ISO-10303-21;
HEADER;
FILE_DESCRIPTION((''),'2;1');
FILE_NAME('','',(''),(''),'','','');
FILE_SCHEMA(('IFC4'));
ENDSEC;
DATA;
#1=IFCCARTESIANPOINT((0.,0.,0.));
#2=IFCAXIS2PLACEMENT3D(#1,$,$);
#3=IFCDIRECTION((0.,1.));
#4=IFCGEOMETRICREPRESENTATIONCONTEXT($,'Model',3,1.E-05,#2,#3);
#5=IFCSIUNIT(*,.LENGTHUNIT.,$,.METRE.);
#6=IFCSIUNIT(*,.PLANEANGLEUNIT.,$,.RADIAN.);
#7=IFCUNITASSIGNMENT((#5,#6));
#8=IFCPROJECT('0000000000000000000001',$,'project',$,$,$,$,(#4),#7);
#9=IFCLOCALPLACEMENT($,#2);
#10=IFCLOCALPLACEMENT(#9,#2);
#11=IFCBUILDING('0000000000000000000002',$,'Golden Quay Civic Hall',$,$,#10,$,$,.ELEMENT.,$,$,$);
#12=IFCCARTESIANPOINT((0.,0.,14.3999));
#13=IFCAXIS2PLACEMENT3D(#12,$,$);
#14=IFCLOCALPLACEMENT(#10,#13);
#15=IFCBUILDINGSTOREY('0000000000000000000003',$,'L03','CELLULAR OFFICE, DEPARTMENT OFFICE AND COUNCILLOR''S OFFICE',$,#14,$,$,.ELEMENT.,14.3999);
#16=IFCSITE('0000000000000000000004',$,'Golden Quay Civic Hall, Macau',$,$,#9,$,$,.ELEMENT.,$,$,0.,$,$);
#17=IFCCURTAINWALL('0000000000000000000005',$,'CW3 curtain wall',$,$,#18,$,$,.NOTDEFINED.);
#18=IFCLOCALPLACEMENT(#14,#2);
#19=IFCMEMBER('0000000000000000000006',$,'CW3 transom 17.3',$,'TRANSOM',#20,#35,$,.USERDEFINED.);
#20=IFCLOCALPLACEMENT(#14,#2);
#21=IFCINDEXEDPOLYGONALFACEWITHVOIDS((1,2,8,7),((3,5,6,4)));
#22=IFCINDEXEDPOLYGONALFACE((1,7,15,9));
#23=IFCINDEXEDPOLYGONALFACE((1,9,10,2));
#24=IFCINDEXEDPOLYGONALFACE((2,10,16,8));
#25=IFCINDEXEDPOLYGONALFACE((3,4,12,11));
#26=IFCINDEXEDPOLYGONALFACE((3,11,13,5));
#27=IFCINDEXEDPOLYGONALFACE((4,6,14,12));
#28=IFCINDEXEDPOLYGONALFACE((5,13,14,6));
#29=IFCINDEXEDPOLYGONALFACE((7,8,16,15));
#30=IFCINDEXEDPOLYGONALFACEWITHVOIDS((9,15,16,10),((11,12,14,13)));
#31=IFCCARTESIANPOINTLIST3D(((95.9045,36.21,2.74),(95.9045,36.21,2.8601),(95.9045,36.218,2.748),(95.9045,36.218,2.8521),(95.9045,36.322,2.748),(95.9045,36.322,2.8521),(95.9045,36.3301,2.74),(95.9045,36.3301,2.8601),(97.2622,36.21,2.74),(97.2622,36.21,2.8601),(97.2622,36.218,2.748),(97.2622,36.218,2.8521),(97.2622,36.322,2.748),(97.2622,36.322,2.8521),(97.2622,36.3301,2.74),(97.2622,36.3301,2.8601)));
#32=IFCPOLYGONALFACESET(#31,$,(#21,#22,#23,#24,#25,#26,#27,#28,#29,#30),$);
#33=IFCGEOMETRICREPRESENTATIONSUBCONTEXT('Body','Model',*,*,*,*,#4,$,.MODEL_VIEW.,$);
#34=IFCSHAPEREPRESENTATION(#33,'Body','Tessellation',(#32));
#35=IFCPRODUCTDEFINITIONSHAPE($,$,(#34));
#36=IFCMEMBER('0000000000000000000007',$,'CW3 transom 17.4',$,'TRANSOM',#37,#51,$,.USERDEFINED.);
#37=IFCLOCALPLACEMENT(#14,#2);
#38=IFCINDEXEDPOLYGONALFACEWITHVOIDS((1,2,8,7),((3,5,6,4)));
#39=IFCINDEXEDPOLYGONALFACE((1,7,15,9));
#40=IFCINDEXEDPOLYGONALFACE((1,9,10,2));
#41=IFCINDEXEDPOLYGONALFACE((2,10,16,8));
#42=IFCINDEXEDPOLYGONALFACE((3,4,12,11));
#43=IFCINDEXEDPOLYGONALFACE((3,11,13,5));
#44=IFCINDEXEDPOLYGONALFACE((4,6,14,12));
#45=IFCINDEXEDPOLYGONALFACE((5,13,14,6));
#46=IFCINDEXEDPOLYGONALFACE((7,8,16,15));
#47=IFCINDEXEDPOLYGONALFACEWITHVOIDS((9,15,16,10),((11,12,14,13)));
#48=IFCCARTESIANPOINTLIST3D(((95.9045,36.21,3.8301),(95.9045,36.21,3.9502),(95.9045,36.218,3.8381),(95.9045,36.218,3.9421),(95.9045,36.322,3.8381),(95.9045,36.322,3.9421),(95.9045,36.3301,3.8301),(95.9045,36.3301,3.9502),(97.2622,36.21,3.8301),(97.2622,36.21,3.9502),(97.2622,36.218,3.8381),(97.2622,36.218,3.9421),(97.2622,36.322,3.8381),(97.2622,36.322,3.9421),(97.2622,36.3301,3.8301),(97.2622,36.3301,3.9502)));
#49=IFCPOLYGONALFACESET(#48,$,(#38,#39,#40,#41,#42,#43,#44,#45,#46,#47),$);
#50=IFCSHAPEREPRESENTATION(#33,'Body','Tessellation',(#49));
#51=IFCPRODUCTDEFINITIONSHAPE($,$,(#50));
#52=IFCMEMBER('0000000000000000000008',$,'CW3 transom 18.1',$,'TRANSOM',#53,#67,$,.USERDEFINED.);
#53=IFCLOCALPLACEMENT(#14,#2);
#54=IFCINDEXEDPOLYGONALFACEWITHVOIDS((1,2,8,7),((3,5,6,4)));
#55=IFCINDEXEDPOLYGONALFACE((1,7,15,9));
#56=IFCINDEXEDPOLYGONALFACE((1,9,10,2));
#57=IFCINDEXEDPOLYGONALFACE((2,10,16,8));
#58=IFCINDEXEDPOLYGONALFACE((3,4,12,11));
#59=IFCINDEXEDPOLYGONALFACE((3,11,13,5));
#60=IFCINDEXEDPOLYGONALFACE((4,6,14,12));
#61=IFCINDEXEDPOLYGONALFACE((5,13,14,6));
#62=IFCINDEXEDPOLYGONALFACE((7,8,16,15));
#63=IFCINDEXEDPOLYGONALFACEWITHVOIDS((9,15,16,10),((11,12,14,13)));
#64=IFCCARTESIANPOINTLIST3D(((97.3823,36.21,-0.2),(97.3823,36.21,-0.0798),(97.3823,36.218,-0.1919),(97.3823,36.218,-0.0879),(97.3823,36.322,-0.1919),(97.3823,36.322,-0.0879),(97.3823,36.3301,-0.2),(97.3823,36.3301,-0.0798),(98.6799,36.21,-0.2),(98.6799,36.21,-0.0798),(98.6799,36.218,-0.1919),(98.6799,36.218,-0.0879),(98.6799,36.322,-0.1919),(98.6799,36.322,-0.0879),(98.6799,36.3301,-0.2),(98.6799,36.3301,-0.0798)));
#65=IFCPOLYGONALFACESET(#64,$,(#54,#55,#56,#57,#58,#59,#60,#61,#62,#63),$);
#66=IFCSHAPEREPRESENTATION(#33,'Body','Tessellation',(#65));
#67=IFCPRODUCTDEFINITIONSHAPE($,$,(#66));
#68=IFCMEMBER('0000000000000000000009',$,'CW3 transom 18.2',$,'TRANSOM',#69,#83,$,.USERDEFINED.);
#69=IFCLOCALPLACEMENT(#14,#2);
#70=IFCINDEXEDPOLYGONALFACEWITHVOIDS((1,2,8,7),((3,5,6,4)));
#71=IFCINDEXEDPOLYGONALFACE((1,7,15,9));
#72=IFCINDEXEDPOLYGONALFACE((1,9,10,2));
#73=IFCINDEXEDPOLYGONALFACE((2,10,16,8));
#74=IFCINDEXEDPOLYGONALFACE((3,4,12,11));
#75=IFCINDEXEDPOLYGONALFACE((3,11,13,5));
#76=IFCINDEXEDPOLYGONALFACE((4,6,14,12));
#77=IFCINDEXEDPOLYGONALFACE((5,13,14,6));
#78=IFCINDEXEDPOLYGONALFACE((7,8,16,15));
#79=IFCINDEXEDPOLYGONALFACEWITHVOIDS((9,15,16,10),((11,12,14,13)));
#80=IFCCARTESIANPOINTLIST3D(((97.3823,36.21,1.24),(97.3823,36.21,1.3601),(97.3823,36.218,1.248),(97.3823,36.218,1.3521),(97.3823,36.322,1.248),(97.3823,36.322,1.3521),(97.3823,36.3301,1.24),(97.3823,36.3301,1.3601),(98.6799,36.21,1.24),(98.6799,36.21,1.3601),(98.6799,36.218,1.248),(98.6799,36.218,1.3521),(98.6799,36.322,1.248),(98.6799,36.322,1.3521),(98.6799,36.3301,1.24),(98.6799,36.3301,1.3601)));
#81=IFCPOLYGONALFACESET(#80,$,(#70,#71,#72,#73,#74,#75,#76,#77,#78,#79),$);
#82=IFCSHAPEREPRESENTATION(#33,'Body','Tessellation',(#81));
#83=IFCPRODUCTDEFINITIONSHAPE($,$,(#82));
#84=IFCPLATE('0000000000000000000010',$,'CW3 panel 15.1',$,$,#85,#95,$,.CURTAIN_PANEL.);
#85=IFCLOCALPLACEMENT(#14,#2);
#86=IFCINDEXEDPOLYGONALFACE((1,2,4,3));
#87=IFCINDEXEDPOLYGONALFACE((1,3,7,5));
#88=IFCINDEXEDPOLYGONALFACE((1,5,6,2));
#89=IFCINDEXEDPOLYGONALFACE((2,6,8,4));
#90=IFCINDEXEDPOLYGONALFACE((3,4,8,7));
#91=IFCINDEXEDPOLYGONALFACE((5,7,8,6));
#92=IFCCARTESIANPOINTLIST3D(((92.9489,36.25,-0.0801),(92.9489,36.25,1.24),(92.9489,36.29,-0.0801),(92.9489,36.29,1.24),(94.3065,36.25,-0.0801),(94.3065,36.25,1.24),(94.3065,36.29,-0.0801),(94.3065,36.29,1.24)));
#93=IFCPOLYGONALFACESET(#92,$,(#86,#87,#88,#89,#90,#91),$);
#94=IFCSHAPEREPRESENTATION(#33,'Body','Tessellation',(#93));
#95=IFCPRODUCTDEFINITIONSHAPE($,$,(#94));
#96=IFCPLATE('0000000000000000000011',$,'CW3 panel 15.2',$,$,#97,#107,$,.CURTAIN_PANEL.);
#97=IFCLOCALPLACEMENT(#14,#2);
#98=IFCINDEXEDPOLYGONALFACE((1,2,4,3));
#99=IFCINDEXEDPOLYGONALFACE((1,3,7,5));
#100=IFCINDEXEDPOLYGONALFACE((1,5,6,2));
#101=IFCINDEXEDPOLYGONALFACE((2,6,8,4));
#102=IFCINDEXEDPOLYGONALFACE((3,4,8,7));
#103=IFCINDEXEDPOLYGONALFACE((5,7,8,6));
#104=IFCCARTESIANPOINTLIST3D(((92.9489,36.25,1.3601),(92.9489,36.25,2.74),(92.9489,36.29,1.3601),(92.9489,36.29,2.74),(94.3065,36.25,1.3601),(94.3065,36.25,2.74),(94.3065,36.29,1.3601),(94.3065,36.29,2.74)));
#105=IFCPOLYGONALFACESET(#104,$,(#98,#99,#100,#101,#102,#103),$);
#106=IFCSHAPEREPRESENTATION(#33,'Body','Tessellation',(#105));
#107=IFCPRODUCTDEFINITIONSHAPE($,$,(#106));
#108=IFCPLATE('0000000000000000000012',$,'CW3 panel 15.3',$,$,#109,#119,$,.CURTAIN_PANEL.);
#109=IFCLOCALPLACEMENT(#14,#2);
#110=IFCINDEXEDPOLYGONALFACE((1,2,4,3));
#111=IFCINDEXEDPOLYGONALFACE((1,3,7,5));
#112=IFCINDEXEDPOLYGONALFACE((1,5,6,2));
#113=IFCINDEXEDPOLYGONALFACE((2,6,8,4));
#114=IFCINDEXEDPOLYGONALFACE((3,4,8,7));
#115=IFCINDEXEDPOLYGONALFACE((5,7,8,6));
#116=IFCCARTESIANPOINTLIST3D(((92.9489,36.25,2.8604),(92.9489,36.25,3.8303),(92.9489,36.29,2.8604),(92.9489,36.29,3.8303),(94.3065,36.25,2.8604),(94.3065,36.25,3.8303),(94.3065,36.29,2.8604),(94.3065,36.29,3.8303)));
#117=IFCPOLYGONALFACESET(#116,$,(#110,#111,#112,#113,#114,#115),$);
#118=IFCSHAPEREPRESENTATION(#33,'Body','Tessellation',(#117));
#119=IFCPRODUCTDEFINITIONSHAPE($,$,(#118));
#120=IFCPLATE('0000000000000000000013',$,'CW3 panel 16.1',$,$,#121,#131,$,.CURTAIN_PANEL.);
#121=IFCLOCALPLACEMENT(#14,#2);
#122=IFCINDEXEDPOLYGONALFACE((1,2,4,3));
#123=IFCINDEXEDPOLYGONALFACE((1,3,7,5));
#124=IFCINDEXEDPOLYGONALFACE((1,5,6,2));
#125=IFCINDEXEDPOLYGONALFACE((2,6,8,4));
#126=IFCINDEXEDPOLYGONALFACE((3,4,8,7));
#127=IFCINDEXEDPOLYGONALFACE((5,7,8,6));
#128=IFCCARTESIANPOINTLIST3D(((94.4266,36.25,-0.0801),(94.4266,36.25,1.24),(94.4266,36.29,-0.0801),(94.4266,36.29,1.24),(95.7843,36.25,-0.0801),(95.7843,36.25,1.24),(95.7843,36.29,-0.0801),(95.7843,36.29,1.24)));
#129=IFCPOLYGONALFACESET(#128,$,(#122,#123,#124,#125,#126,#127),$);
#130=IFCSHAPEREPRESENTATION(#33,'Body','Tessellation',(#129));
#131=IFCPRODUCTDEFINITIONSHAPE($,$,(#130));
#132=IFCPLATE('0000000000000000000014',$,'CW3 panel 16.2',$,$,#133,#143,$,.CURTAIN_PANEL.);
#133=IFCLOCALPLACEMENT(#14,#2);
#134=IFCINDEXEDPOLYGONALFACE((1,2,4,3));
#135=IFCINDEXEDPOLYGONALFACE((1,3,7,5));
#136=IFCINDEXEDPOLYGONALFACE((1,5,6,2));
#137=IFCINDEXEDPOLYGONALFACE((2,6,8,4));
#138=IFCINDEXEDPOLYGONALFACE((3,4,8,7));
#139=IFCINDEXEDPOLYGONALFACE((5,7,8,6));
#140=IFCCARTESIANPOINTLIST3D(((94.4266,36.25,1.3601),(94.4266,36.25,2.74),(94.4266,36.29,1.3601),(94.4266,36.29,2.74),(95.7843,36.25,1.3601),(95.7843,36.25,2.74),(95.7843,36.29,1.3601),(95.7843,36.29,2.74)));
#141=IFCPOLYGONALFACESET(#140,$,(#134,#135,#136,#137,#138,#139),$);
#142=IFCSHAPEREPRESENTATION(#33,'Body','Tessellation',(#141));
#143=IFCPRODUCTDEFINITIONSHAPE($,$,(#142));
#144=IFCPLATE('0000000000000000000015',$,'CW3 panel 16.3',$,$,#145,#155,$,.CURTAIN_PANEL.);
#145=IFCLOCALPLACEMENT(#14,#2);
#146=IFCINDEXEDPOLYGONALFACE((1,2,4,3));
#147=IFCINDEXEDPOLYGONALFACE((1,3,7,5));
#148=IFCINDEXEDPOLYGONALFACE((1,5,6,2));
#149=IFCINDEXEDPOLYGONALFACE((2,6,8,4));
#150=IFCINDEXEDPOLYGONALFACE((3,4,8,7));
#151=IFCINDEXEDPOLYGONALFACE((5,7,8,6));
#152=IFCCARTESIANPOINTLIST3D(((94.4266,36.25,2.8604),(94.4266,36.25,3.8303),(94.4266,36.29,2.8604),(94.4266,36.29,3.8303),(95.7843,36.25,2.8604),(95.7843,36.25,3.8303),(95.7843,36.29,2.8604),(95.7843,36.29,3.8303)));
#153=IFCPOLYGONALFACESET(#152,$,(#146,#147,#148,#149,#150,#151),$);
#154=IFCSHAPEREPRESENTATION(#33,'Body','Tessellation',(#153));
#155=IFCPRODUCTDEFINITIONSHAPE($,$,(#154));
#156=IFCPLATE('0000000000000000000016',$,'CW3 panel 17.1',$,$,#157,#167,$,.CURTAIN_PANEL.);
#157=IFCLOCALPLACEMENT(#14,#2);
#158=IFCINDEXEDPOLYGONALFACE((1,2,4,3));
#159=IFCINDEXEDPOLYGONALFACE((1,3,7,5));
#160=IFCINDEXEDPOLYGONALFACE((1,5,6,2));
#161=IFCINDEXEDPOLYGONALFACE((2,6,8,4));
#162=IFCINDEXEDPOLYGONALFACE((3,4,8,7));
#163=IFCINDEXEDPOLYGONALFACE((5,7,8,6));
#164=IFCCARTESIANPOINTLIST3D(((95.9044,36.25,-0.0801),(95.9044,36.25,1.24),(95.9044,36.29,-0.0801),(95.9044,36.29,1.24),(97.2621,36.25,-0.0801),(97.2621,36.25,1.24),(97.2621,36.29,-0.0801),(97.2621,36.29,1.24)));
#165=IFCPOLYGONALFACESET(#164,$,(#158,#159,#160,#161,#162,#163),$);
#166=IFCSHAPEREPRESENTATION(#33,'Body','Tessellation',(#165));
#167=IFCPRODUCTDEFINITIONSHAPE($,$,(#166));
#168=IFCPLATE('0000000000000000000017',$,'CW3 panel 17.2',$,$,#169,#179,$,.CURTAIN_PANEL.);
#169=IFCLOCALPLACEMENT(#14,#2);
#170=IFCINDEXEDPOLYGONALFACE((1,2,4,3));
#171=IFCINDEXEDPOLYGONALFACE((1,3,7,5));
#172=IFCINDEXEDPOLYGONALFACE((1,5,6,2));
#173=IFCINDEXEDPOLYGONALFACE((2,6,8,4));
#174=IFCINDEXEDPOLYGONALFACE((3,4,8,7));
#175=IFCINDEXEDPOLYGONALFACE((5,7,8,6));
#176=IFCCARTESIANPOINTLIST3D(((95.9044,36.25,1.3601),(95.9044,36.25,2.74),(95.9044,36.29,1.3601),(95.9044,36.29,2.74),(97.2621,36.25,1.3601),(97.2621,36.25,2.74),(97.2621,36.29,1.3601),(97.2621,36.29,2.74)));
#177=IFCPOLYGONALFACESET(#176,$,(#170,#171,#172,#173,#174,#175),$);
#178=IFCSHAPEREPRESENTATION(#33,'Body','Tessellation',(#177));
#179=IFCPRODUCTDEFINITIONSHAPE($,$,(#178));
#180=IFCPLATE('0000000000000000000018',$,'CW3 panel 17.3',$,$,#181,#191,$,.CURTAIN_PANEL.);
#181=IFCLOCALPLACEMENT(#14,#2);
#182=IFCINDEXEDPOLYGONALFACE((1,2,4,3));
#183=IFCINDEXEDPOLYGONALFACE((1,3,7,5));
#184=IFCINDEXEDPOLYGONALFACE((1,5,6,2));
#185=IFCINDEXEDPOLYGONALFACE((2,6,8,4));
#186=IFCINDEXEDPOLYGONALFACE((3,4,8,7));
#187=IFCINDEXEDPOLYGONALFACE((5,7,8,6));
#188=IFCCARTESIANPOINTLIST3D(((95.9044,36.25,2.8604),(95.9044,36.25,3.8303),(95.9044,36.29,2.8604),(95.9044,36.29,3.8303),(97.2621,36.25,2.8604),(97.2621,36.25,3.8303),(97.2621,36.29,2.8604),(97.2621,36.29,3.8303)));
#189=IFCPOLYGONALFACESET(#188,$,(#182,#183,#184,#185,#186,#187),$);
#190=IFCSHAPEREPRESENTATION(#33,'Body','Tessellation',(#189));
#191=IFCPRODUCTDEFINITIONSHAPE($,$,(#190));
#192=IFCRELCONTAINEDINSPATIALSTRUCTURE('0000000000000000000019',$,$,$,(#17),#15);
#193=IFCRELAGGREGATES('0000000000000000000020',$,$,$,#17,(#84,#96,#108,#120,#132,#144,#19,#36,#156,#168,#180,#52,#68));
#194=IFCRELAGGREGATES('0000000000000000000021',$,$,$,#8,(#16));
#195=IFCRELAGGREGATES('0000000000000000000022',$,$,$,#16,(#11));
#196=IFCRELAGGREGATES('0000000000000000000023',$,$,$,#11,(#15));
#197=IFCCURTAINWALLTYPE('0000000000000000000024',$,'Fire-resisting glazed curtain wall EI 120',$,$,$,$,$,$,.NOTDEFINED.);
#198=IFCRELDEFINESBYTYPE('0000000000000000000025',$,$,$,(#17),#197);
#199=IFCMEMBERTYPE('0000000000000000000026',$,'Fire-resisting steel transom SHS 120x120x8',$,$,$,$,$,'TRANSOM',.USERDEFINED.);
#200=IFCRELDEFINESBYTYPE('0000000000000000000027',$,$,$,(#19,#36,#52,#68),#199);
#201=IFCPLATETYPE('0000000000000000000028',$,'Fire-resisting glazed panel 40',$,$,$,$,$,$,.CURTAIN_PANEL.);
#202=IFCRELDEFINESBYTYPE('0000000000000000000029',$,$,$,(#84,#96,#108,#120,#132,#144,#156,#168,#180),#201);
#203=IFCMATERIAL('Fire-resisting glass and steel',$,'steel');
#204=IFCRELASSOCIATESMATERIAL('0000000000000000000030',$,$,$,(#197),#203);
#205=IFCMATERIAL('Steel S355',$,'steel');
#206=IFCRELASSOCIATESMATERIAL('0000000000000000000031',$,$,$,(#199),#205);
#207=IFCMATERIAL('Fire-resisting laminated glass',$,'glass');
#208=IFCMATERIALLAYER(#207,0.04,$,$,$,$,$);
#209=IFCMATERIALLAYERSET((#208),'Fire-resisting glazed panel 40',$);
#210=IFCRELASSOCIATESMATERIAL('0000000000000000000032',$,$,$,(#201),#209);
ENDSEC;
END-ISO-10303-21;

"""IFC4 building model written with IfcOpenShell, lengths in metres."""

from ifc_helpers import new_model, si_unit, direction, frame, origin, origin_2d, place, context, subcontext, project, spatial, rectangle, hollow_rectangle, extrude, material, layer, layer_set, material_profile, profile_set, type_object, element, aggregate, save


model = new_model("IFC4")

# Units and contexts
model_context = context("Model", 3, precision=1e-05, world=origin(), true_north=direction((0.0, 1.0)))
body_context = subcontext(model_context, "Body", "Model", "MODEL_VIEW")
ifc_project = project(units=[si_unit("LENGTHUNIT", "METRE"), si_unit("PLANEANGLEUNIT", "RADIAN")], contexts=[model_context])

# Site, building, storey
site_placement = place(None, origin())
site = spatial("IfcSite", under=ifc_project, at=site_placement, Name="Golden Quay Civic Hall, Macau", CompositionType="ELEMENT", RefElevation=0.0)
building_placement = place(site_placement, origin())
building = spatial("IfcBuilding", under=site, at=building_placement, Name="Golden Quay Civic Hall", CompositionType="ELEMENT")
storey_placement = place(building_placement, frame((0.0, 0.0, 14.3999)))
storey = spatial("IfcBuildingStorey", under=building, at=storey_placement, Name="L03", Description="CELLULAR OFFICE, DEPARTMENT OFFICE AND COUNCILLOR'S OFFICE", CompositionType="ELEMENT", Elevation=14.3999)

# Curtain wall, members, plates
ifc_material_1 = material(Name="Fire-resisting glass and steel", Category="steel")
curtain_wall_type = type_object("IfcCurtainWallType", Name="Fire-resisting glazed curtain wall EI 120", PredefinedType="NOTDEFINED", material=ifc_material_1)
curtain_wall_placement = place(storey_placement, origin())
curtain_wall = element("IfcCurtainWall", 1, at=curtain_wall_placement, inside=storey, type_object=curtain_wall_type, Name="CW3 curtain wall", PredefinedType="NOTDEFINED")
ifc_material_2 = material(Name="Steel S355", Category="steel")
ifc_material_profile_1 = material_profile(ifc_material_2, hollow_rectangle(XDim=0.1201, YDim=0.1201, WallThickness=0.0081, at=origin_2d()), Name="SHS 120x120x8")
ifc_profile_set_1 = profile_set([ifc_material_profile_1], Name="Steel S355")
member_type_1 = type_object("IfcMemberType", Name="Fire-resisting steel transom SHS 120x120x8", ElementType="TRANSOM", PredefinedType="USERDEFINED", material=ifc_profile_set_1)
member_1_placement = place(storey_placement, frame((95.9045, 36.27, 2.8), z_axis=(1.0, 0.0, 0.0), x_axis=(0.0, 1.0, 0.0)))
member_1 = element("IfcMember", 2, at=member_1_placement, type_object=member_type_1, Name="CW3 transom 17.3", ObjectType="TRANSOM", PredefinedType="USERDEFINED", context=body_context, shape_type="SweptSolid", body=[
    extrude(hollow_rectangle(XDim=0.1201, YDim=0.1201, WallThickness=0.0081, at=origin_2d()), origin(), (0.0, 0.0, 1.0), 1.3577),
])
member_2_placement = place(storey_placement, frame((95.9045, 36.27, 3.8901), z_axis=(1.0, 0.0, 0.0), x_axis=(0.0, 1.0, 0.0)))
member_2 = element("IfcMember", 3, at=member_2_placement, type_object=member_type_1, Name="CW3 transom 17.4", ObjectType="TRANSOM", PredefinedType="USERDEFINED", context=body_context, shape_type="SweptSolid", body=[
    extrude(hollow_rectangle(XDim=0.1201, YDim=0.1201, WallThickness=0.0081, at=origin_2d()), origin(), (0.0, 0.0, 1.0), 1.3577),
])
member_3_placement = place(storey_placement, frame((97.3823, 36.27, -0.1399), z_axis=(1.0, 0.0, 0.0), x_axis=(0.0, 1.0, 0.0)))
member_3 = element("IfcMember", 4, at=member_3_placement, type_object=member_type_1, Name="CW3 transom 18.1", ObjectType="TRANSOM", PredefinedType="USERDEFINED", context=body_context, shape_type="SweptSolid", body=[
    extrude(hollow_rectangle(XDim=0.1201, YDim=0.1201, WallThickness=0.0081, at=origin_2d()), origin(), (0.0, 0.0, 1.0), 1.2976),
])
member_4_placement = place(storey_placement, frame((97.3823, 36.27, 1.3), z_axis=(1.0, 0.0, 0.0), x_axis=(0.0, 1.0, 0.0)))
member_4 = element("IfcMember", 5, at=member_4_placement, type_object=member_type_1, Name="CW3 transom 18.2", ObjectType="TRANSOM", PredefinedType="USERDEFINED", context=body_context, shape_type="SweptSolid", body=[
    extrude(hollow_rectangle(XDim=0.1201, YDim=0.1201, WallThickness=0.0081, at=origin_2d()), origin(), (0.0, 0.0, 1.0), 1.2976),
])
ifc_material_3 = material(Name="Fire-resisting laminated glass", Category="glass")
ifc_layer = layer(ifc_material_3, 0.04)
ifc_layer_set = layer_set([ifc_layer], Name="Fire-resisting glazed panel 40")
plate_type = type_object("IfcPlateType", Name="Fire-resisting glazed panel 40", PredefinedType="CURTAIN_PANEL", material=ifc_layer_set)
plate_1_placement = place(storey_placement, frame((93.6277, 36.27, -0.0801), z_axis=(0.0, 0.0, 1.0), x_axis=(1.0, 0.0, 0.0)))
plate_1 = element("IfcPlate", 6, at=plate_1_placement, type_object=plate_type, Name="CW3 panel 15.1", PredefinedType="CURTAIN_PANEL", context=body_context, shape_type="SweptSolid", body=[
    extrude(rectangle(XDim=1.3577, YDim=0.04, at=origin_2d()), origin(), (0.0, 0.0, 1.0), 1.3201),
])
plate_2_placement = place(storey_placement, frame((93.6277, 36.27, 1.3601), z_axis=(0.0, 0.0, 1.0), x_axis=(1.0, 0.0, 0.0)))
plate_2 = element("IfcPlate", 7, at=plate_2_placement, type_object=plate_type, Name="CW3 panel 15.2", PredefinedType="CURTAIN_PANEL", context=body_context, shape_type="SweptSolid", body=[
    extrude(rectangle(XDim=1.3577, YDim=0.04, at=origin_2d()), origin(), (0.0, 0.0, 1.0), 1.3799),
])
plate_3_placement = place(storey_placement, frame((93.6277, 36.27, 2.8604), z_axis=(0.0, 0.0, 1.0), x_axis=(1.0, 0.0, 0.0)))
plate_3 = element("IfcPlate", 8, at=plate_3_placement, type_object=plate_type, Name="CW3 panel 15.3", PredefinedType="CURTAIN_PANEL", context=body_context, shape_type="SweptSolid", body=[
    extrude(rectangle(XDim=1.3577, YDim=0.04, at=origin_2d()), origin(), (0.0, 0.0, 1.0), 0.97),
])
plate_4_placement = place(storey_placement, frame((95.1055, 36.27, -0.0801), z_axis=(0.0, 0.0, 1.0), x_axis=(1.0, 0.0, 0.0)))
plate_4 = element("IfcPlate", 9, at=plate_4_placement, type_object=plate_type, Name="CW3 panel 16.1", PredefinedType="CURTAIN_PANEL", context=body_context, shape_type="SweptSolid", body=[
    extrude(rectangle(XDim=1.3577, YDim=0.04, at=origin_2d()), origin(), (0.0, 0.0, 1.0), 1.3201),
])
plate_5_placement = place(storey_placement, frame((95.1055, 36.27, 1.3601), z_axis=(0.0, 0.0, 1.0), x_axis=(1.0, 0.0, 0.0)))
plate_5 = element("IfcPlate", 10, at=plate_5_placement, type_object=plate_type, Name="CW3 panel 16.2", PredefinedType="CURTAIN_PANEL", context=body_context, shape_type="SweptSolid", body=[
    extrude(rectangle(XDim=1.3577, YDim=0.04, at=origin_2d()), origin(), (0.0, 0.0, 1.0), 1.3799),
])
plate_6_placement = place(storey_placement, frame((95.1055, 36.27, 2.8604), z_axis=(0.0, 0.0, 1.0), x_axis=(1.0, 0.0, 0.0)))
plate_6 = element("IfcPlate", 11, at=plate_6_placement, type_object=plate_type, Name="CW3 panel 16.3", PredefinedType="CURTAIN_PANEL", context=body_context, shape_type="SweptSolid", body=[
    extrude(rectangle(XDim=1.3577, YDim=0.04, at=origin_2d()), origin(), (0.0, 0.0, 1.0), 0.97),
])
plate_7_placement = place(storey_placement, frame((96.5833, 36.27, -0.0801), z_axis=(0.0, 0.0, 1.0), x_axis=(1.0, 0.0, 0.0)))
plate_7 = element("IfcPlate", 12, at=plate_7_placement, type_object=plate_type, Name="CW3 panel 17.1", PredefinedType="CURTAIN_PANEL", context=body_context, shape_type="SweptSolid", body=[
    extrude(rectangle(XDim=1.3577, YDim=0.04, at=origin_2d()), origin(), (0.0, 0.0, 1.0), 1.3201),
])
plate_8_placement = place(storey_placement, frame((96.5833, 36.27, 1.3601), z_axis=(0.0, 0.0, 1.0), x_axis=(1.0, 0.0, 0.0)))
plate_8 = element("IfcPlate", 13, at=plate_8_placement, type_object=plate_type, Name="CW3 panel 17.2", PredefinedType="CURTAIN_PANEL", context=body_context, shape_type="SweptSolid", body=[
    extrude(rectangle(XDim=1.3577, YDim=0.04, at=origin_2d()), origin(), (0.0, 0.0, 1.0), 1.3799),
])
plate_9_placement = place(storey_placement, frame((96.5833, 36.27, 2.8604), z_axis=(0.0, 0.0, 1.0), x_axis=(1.0, 0.0, 0.0)))
plate_9 = element("IfcPlate", 14, at=plate_9_placement, type_object=plate_type, Name="CW3 panel 17.3", PredefinedType="CURTAIN_PANEL", context=body_context, shape_type="SweptSolid", body=[
    extrude(rectangle(XDim=1.3577, YDim=0.04, at=origin_2d()), origin(), (0.0, 0.0, 1.0), 0.97),
])
aggregate(curtain_wall, [plate_1, plate_2, plate_3, plate_4, plate_5, plate_6, member_1, member_2, plate_7, plate_8, plate_9, member_3, member_4])

save(model, "model.ifc")
